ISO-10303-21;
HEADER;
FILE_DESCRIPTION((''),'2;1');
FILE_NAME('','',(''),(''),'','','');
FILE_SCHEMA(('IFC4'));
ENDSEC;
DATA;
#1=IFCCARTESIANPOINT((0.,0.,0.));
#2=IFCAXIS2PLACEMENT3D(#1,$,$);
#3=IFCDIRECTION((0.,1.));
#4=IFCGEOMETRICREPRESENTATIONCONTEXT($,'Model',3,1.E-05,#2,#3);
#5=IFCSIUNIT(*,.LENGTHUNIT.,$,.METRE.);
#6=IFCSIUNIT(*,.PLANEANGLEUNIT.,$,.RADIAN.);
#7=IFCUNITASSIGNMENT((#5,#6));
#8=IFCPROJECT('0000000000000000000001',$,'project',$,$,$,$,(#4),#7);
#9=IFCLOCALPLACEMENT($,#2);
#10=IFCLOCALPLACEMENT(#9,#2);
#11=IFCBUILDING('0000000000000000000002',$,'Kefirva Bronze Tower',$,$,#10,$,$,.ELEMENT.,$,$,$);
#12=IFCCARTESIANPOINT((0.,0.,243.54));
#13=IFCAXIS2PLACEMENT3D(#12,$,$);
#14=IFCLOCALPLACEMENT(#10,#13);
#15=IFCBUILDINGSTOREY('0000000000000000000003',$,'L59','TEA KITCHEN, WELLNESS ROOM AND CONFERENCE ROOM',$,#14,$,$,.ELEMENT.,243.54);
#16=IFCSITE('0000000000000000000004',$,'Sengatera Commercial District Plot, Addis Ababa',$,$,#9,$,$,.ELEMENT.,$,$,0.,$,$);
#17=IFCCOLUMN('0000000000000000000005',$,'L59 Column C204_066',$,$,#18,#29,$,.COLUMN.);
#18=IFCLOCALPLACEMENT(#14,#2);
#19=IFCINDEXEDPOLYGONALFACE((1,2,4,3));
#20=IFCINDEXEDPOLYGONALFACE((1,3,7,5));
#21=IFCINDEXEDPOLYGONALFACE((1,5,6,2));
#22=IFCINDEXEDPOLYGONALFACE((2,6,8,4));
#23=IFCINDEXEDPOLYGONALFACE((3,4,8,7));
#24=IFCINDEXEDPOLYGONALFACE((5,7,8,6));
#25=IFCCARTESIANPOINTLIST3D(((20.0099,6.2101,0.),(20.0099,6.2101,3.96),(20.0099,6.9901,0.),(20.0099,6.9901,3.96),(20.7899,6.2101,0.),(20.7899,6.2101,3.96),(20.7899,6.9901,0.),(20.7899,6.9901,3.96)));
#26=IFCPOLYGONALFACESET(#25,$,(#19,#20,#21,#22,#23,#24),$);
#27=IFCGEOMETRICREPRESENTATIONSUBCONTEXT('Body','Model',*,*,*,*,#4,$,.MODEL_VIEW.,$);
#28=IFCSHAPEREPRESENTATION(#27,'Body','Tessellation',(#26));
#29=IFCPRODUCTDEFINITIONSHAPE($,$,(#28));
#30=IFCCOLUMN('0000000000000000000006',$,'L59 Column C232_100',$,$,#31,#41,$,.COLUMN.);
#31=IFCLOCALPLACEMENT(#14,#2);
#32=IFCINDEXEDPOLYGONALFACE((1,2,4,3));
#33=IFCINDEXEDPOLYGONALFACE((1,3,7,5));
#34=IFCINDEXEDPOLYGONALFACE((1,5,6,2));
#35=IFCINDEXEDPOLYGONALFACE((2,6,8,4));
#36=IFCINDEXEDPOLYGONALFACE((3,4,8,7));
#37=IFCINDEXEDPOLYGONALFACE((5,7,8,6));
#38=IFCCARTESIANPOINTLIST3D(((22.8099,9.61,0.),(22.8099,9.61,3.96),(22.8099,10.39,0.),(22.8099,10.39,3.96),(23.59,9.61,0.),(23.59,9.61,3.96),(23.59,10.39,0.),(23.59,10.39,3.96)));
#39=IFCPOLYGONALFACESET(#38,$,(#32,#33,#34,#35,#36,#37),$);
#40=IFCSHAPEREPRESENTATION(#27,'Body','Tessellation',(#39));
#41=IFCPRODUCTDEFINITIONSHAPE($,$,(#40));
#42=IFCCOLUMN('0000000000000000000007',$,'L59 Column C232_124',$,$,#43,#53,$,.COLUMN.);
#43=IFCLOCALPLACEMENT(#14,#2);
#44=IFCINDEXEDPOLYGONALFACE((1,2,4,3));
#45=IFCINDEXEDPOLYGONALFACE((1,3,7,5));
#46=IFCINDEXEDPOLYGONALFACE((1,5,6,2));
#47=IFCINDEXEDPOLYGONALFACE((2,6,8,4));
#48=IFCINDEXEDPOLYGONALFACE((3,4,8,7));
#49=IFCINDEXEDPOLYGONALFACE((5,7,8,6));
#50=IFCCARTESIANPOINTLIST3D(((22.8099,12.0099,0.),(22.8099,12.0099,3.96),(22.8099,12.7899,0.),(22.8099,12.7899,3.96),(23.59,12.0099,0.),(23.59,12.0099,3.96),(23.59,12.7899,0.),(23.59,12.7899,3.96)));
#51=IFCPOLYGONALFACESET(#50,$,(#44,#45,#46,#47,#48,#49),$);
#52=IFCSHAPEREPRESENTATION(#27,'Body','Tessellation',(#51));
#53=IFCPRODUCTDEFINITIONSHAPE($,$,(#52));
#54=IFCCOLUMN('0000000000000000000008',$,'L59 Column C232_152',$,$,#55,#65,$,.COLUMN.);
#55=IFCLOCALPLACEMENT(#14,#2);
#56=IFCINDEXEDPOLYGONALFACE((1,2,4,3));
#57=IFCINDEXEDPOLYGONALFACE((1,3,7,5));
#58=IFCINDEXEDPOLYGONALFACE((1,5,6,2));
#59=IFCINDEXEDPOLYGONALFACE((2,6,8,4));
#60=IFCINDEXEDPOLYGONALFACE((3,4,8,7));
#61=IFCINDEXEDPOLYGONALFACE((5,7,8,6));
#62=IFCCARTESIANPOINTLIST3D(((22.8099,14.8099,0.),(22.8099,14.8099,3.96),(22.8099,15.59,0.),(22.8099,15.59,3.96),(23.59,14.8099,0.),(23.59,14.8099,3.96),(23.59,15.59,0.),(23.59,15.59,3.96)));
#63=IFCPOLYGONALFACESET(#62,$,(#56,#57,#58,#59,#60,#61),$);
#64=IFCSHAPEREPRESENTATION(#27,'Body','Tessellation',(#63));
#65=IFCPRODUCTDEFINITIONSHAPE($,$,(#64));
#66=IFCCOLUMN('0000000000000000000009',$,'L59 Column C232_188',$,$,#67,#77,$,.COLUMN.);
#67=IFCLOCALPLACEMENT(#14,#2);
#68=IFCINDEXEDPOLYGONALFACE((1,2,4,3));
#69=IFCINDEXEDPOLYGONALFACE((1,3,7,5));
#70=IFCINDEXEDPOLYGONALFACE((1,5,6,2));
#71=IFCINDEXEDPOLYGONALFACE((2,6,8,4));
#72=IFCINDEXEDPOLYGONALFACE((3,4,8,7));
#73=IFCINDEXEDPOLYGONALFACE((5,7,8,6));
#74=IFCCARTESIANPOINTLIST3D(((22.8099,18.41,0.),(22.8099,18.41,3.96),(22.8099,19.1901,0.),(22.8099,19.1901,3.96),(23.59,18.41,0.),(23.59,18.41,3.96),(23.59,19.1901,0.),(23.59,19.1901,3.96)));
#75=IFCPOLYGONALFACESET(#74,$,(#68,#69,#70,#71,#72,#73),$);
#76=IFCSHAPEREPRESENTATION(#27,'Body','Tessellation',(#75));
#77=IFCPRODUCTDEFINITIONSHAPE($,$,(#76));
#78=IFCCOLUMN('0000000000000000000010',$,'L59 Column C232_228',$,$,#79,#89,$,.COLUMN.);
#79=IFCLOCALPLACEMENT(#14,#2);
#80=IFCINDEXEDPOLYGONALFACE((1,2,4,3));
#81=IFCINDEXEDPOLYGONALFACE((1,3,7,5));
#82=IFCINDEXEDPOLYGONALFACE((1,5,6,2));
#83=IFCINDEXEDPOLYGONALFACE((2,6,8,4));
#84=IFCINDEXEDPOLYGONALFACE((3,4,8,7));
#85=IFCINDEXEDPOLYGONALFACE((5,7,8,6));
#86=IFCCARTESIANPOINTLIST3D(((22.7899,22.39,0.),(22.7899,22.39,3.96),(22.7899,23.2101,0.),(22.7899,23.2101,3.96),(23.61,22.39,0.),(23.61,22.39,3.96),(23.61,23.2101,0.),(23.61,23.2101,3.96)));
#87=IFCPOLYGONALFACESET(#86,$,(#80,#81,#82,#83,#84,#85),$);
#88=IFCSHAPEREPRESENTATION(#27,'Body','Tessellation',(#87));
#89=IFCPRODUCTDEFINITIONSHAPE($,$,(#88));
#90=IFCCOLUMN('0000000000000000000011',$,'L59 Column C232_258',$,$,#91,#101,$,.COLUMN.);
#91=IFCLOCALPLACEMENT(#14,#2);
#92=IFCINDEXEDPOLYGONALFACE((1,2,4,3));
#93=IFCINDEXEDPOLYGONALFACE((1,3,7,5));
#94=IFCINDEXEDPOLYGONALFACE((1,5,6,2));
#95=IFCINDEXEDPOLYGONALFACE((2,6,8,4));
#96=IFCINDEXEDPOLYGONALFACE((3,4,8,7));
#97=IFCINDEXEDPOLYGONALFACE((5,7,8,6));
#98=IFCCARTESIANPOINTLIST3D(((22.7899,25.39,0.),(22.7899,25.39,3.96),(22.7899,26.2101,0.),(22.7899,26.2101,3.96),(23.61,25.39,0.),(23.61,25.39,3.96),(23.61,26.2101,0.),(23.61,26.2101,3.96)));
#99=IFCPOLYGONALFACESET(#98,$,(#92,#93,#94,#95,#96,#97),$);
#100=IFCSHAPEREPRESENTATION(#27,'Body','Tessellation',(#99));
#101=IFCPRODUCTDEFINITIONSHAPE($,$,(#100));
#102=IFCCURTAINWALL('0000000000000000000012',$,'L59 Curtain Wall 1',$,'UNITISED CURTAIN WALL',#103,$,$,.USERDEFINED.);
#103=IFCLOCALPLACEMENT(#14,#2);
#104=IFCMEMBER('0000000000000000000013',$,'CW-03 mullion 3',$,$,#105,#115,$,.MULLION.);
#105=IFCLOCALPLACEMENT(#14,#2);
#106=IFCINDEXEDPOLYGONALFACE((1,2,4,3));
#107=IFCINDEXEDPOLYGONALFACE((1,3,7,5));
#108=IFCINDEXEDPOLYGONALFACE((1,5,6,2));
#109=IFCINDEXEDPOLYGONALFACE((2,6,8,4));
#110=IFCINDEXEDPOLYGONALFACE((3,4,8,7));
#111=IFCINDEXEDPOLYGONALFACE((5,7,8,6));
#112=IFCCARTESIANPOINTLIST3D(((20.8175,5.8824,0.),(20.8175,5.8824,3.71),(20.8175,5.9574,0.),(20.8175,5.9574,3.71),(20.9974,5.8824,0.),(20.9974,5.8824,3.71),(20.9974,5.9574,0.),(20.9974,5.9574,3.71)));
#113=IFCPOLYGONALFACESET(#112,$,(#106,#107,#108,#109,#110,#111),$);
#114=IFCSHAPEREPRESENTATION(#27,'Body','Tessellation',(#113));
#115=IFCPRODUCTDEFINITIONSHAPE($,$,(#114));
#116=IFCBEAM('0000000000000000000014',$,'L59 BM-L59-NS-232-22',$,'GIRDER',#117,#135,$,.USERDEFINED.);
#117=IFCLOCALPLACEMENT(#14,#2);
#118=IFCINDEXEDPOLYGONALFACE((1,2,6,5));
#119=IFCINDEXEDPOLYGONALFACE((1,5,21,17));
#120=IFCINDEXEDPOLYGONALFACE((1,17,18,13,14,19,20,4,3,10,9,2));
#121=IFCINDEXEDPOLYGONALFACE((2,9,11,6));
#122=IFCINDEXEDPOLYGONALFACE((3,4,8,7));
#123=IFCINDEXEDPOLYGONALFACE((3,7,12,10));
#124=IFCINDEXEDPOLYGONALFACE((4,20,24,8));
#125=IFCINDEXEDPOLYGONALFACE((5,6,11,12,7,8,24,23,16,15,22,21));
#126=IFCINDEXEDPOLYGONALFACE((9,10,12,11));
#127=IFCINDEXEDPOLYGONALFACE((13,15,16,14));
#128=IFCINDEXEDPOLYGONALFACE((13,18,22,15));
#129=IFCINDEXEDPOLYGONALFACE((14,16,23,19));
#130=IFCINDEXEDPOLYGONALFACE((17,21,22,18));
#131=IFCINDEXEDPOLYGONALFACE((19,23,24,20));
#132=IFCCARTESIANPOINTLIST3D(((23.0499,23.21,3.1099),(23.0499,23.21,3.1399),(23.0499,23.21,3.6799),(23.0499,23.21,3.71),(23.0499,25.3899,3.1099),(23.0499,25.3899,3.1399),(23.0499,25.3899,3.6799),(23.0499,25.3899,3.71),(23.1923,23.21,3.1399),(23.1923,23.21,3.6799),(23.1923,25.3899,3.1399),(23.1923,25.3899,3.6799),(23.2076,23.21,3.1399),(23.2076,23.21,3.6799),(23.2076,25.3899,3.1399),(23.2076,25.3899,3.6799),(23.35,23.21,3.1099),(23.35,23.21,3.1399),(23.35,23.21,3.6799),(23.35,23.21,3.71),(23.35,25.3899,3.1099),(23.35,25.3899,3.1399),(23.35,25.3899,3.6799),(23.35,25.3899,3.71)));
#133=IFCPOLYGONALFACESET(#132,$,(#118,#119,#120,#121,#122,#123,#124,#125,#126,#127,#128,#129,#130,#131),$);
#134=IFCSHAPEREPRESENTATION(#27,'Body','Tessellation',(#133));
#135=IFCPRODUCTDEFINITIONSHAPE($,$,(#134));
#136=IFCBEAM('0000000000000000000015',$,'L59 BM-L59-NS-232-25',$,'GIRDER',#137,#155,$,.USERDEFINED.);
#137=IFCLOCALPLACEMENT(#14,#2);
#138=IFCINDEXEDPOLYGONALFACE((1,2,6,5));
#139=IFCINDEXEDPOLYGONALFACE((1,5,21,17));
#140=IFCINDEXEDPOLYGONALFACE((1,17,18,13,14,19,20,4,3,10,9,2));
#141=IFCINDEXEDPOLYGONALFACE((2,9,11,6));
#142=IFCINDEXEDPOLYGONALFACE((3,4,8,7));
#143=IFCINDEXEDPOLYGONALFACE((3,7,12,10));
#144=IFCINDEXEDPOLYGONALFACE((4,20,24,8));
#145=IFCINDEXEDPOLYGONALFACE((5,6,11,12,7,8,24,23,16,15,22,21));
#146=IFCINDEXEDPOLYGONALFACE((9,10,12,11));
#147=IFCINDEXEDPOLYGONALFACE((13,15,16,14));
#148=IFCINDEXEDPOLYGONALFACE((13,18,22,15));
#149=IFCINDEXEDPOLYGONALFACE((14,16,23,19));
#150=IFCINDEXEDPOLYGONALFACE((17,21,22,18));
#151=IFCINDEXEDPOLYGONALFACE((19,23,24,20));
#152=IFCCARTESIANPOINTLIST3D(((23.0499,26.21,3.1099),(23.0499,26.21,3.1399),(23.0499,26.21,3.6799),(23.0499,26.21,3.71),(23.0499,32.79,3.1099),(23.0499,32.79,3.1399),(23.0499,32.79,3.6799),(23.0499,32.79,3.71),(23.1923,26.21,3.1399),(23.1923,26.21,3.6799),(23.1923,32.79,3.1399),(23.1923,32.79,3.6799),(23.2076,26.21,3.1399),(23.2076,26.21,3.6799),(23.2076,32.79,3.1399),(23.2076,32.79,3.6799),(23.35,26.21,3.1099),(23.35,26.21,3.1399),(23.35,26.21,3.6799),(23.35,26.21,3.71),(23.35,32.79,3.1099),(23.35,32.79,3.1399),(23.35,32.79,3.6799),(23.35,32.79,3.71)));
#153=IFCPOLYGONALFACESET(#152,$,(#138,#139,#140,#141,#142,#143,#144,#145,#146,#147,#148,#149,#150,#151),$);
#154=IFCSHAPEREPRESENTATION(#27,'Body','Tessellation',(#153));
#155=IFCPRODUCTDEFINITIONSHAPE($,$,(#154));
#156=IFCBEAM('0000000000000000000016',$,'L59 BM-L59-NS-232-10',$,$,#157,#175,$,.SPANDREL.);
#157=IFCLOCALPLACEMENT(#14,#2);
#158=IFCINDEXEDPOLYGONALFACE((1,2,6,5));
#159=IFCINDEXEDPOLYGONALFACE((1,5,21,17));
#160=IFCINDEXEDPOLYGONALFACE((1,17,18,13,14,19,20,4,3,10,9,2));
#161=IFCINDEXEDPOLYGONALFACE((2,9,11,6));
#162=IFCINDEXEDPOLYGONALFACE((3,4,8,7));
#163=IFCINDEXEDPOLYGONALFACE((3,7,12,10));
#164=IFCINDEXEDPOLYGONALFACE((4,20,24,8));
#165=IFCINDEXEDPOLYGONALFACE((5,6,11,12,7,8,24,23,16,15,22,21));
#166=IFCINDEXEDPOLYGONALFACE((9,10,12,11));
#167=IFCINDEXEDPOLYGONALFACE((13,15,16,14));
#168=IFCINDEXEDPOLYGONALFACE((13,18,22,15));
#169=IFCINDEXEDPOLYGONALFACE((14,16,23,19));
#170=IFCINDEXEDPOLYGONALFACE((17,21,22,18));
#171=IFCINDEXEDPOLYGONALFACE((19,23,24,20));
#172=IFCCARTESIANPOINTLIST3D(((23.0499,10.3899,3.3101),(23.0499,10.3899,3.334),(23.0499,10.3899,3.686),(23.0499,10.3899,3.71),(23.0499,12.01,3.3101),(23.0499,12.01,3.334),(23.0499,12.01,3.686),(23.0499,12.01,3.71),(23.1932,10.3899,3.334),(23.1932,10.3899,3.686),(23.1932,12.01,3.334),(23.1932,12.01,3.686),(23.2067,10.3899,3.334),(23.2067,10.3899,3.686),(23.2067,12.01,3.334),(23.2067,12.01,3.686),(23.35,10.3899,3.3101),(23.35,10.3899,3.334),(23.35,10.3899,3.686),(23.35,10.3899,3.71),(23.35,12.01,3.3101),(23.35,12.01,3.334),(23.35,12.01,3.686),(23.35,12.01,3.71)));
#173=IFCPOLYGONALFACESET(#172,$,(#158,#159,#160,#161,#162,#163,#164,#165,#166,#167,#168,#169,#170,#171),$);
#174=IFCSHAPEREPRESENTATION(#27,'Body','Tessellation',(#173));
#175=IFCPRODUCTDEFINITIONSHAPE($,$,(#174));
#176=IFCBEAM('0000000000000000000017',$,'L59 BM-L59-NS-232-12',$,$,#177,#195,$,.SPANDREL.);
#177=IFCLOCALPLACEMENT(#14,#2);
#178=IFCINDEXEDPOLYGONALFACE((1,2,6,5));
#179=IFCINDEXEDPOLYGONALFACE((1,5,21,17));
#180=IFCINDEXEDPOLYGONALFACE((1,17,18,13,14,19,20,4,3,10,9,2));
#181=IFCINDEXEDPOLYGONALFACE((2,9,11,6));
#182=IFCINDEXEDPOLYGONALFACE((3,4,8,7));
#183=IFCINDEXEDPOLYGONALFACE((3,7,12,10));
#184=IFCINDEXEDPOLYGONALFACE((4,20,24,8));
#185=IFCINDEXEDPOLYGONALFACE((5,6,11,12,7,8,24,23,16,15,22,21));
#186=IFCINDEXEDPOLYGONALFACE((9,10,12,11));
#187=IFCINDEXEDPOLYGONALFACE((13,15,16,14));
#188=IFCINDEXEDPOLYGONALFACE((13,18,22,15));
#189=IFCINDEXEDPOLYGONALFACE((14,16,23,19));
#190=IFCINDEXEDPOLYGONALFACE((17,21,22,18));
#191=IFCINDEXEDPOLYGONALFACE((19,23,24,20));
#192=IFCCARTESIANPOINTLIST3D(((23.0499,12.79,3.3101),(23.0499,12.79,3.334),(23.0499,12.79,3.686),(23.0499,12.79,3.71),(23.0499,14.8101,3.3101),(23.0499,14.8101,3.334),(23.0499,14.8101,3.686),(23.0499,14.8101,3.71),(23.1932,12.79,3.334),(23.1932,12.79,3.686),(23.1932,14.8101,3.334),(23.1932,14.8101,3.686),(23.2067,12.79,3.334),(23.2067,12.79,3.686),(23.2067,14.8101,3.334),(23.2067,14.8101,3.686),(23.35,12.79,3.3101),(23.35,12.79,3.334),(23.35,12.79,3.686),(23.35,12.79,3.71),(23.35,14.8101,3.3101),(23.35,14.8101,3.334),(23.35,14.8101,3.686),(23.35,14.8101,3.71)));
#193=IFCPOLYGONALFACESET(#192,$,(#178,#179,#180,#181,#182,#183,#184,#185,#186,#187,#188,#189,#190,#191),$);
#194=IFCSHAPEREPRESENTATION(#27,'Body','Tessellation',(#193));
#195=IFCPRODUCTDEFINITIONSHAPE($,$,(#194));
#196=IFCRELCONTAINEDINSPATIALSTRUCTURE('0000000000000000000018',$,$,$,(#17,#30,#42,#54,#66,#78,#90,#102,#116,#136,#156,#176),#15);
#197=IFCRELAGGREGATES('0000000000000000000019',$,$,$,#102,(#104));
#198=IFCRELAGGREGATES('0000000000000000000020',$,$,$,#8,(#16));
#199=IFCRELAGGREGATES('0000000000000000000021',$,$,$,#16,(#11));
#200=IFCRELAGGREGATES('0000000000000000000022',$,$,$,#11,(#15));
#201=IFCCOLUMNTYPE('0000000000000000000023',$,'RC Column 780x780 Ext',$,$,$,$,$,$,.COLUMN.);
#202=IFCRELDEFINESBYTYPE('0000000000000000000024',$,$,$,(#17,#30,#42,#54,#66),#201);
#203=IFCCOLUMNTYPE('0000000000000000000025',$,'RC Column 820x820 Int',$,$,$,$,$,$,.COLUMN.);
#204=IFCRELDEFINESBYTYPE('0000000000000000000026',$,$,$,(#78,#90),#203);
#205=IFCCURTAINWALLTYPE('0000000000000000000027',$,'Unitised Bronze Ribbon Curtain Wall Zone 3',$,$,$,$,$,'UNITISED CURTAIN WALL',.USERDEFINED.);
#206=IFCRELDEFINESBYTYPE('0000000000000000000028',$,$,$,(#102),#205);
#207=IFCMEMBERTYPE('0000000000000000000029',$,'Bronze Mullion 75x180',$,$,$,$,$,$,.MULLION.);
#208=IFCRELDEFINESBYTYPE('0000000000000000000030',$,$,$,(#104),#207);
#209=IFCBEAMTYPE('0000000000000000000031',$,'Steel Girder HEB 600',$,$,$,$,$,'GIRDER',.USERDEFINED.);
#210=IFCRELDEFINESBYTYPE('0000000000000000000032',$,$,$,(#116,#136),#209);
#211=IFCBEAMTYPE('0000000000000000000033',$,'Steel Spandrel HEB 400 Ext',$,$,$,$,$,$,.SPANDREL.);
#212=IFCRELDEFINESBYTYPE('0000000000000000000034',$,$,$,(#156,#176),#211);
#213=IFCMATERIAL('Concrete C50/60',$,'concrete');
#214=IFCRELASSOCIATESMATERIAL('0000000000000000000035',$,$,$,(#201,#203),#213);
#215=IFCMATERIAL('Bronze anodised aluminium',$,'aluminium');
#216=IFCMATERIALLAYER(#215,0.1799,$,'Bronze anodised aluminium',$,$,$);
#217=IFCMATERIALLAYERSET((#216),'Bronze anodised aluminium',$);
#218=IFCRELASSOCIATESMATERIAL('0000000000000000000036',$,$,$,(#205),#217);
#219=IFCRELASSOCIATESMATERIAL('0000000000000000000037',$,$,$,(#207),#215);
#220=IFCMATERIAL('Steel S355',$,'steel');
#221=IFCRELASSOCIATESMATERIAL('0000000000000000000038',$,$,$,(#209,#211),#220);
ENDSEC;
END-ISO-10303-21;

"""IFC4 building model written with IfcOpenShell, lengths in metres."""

from ifc_helpers import new_model, si_unit, direction, frame, origin, origin_2d, place, context, subcontext, project, spatial, rectangle, i_section, extrude, material, layer, layer_set, material_profile, profile_set, type_object, element, aggregate, save


model = new_model("IFC4")

# Units and contexts
model_context = context("Model", 3, precision=1e-05, world=origin(), true_north=direction((0.0, 1.0)))
body_context = subcontext(model_context, "Body", "Model", "MODEL_VIEW")
ifc_project = project(units=[si_unit("LENGTHUNIT", "METRE"), si_unit("PLANEANGLEUNIT", "RADIAN")], contexts=[model_context])

# Site, building, storey
site_placement = place(None, origin())
site = spatial("IfcSite", under=ifc_project, at=site_placement, Name="Sengatera Commercial District Plot, Addis Ababa", CompositionType="ELEMENT", RefElevation=0.0)
building_placement = place(site_placement, origin())
building = spatial("IfcBuilding", under=site, at=building_placement, Name="Kefirva Bronze Tower", CompositionType="ELEMENT")
storey_placement = place(building_placement, frame((0.0, 0.0, 243.54)))
storey = spatial("IfcBuildingStorey", under=building, at=storey_placement, Name="L59", Description="TEA KITCHEN, WELLNESS ROOM AND CONFERENCE ROOM", CompositionType="ELEMENT", Elevation=243.54)

# Columns
ifc_material_1 = material(Name="Concrete C50/60", Category="concrete")
ifc_material_profile_1 = material_profile(ifc_material_1, rectangle(XDim=0.78, YDim=0.78, at=origin_2d()), Name="RC 780x780")
ifc_profile_set_1 = profile_set([ifc_material_profile_1], Name="Concrete C50/60")
column_type_1 = type_object("IfcColumnType", Name="RC Column 780x780 Ext", PredefinedType="COLUMN", material=ifc_profile_set_1)
for number, where, z_axis, x_axis, name in (
    (1, (20.3999, 6.6001, 0.0), (0.0, 0.0, 1.0), (1.0, 0.0, 0.0), "L59 Column C204_066"),
    (2, (23.2, 10.0, 0.0), (0.0, 0.0, 1.0), (1.0, 0.0, 0.0), "L59 Column C232_100"),
    (3, (23.2, 12.3999, 0.0), (0.0, 0.0, 1.0), (1.0, 0.0, 0.0), "L59 Column C232_124"),
    (4, (23.2, 15.2, 0.0), (0.0, 0.0, 1.0), (1.0, 0.0, 0.0), "L59 Column C232_152"),
    (5, (23.2, 18.8, 0.0), (0.0, 0.0, 1.0), (1.0, 0.0, 0.0), "L59 Column C232_188"),
):
    element("IfcColumn", number, at=place(storey_placement, frame(where, z_axis=z_axis, x_axis=x_axis)), inside=storey, type_object=column_type_1, Name=name, PredefinedType="COLUMN", context=body_context, shape_type="SweptSolid", body=[
        extrude(rectangle(XDim=0.78, YDim=0.78, at=origin_2d()), origin(), (0.0, 0.0, 1.0), 3.96),
    ])
ifc_material_profile_2 = material_profile(ifc_material_1, rectangle(XDim=0.8201, YDim=0.8201, at=origin_2d()), Name="RC 820x820")
ifc_profile_set_2 = profile_set([ifc_material_profile_2], Name="Concrete C50/60")
column_type_2 = type_object("IfcColumnType", Name="RC Column 820x820 Int", PredefinedType="COLUMN", material=ifc_profile_set_2)
for number, where, z_axis, x_axis, name in (
    (6, (23.2, 22.8, 0.0), (0.0, 0.0, 1.0), (1.0, 0.0, 0.0), "L59 Column C232_228"),
    (7, (23.2, 25.8, 0.0), (0.0, 0.0, 1.0), (1.0, 0.0, 0.0), "L59 Column C232_258"),
):
    element("IfcColumn", number, at=place(storey_placement, frame(where, z_axis=z_axis, x_axis=x_axis)), inside=storey, type_object=column_type_2, Name=name, PredefinedType="COLUMN", context=body_context, shape_type="SweptSolid", body=[
        extrude(rectangle(XDim=0.8201, YDim=0.8201, at=origin_2d()), origin(), (0.0, 0.0, 1.0), 3.96),
    ])

# Curtain wall, member
ifc_material_2 = material(Name="Bronze anodised aluminium", Category="aluminium")
ifc_layer_1 = layer(ifc_material_2, 0.1799, Name="Bronze anodised aluminium")
ifc_layer_set_1 = layer_set([ifc_layer_1], Name="Bronze anodised aluminium")
curtain_wall_type = type_object("IfcCurtainWallType", Name="Unitised Bronze Ribbon Curtain Wall Zone 3", ElementType="UNITISED CURTAIN WALL", PredefinedType="USERDEFINED", material=ifc_layer_set_1)
curtain_wall_placement = place(storey_placement, origin())
curtain_wall = element("IfcCurtainWall", 8, at=curtain_wall_placement, inside=storey, type_object=curtain_wall_type, Name="L59 Curtain Wall 1", ObjectType="UNITISED CURTAIN WALL", PredefinedType="USERDEFINED")
ifc_material_profile_3 = material_profile(ifc_material_2, rectangle(XDim=0.075, YDim=0.1799, at=origin_2d()), Name="ALU 75x180")
ifc_profile_set_3 = profile_set([ifc_material_profile_3], Name="Bronze anodised aluminium")
member_type = type_object("IfcMemberType", Name="Bronze Mullion 75x180", PredefinedType="MULLION", material=ifc_profile_set_3)
member_placement = place(storey_placement, frame((20.9075, 5.9199, 0.0), z_axis=(0.0, 0.0, 1.0), x_axis=(0.0, 1.0, 0.0)))
member = element("IfcMember", 9, at=member_placement, type_object=member_type, Name="CW-03 mullion 3", PredefinedType="MULLION", context=body_context, shape_type="SweptSolid", body=[
    extrude(rectangle(XDim=0.075, YDim=0.1799, at=origin_2d()), origin(), (0.0, 0.0, 1.0), 3.71),
])

# Beams
ifc_material_3 = material(Name="Steel S355", Category="steel")
ifc_material_profile_4 = material_profile(ifc_material_3, i_section(OverallWidth=0.3, OverallDepth=0.6001, WebThickness=0.0154, FlangeThickness=0.03, at=origin_2d()), Name="HEB 600")
ifc_profile_set_4 = profile_set([ifc_material_profile_4], Name="Steel S355")
beam_type_1 = type_object("IfcBeamType", Name="Steel Girder HEB 600", ElementType="GIRDER", PredefinedType="USERDEFINED", material=ifc_profile_set_4)
beam_1_placement = place(storey_placement, frame((23.2, 23.21, 3.4099), z_axis=(0.0, 1.0, 0.0), x_axis=(-1.0, 0.0, 0.0)))
element("IfcBeam", 10, at=beam_1_placement, inside=storey, type_object=beam_type_1, Name="L59 BM-L59-NS-232-22", ObjectType="GIRDER", PredefinedType="USERDEFINED", context=body_context, shape_type="SweptSolid", body=[
    extrude(i_section(OverallWidth=0.3, OverallDepth=0.6001, WebThickness=0.0154, FlangeThickness=0.03, at=origin_2d()), origin(), (0.0, 0.0, 1.0), 2.1799),
])
beam_2_placement = place(storey_placement, frame((23.2, 26.21, 3.4099), z_axis=(0.0, 1.0, 0.0), x_axis=(-1.0, 0.0, 0.0)))
element("IfcBeam", 11, at=beam_2_placement, inside=storey, type_object=beam_type_1, Name="L59 BM-L59-NS-232-25", ObjectType="GIRDER", PredefinedType="USERDEFINED", context=body_context, shape_type="SweptSolid", body=[
    extrude(i_section(OverallWidth=0.3, OverallDepth=0.6001, WebThickness=0.0154, FlangeThickness=0.03, at=origin_2d()), origin(), (0.0, 0.0, 1.0), 6.5801),
])
ifc_material_profile_5 = material_profile(ifc_material_3, i_section(OverallWidth=0.3, OverallDepth=0.3999, WebThickness=0.0134, FlangeThickness=0.0239, at=origin_2d()), Name="HEB 400")
ifc_profile_set_5 = profile_set([ifc_material_profile_5], Name="Steel S355")
beam_type_2 = type_object("IfcBeamType", Name="Steel Spandrel HEB 400 Ext", PredefinedType="SPANDREL", material=ifc_profile_set_5)
beam_3_placement = place(storey_placement, frame((23.2, 10.3899, 3.51), z_axis=(0.0, 1.0, 0.0), x_axis=(-1.0, 0.0, 0.0)))
element("IfcBeam", 12, at=beam_3_placement, inside=storey, type_object=beam_type_2, Name="L59 BM-L59-NS-232-10", PredefinedType="SPANDREL", context=body_context, shape_type="SweptSolid", body=[
    extrude(i_section(OverallWidth=0.3, OverallDepth=0.3999, WebThickness=0.0134, FlangeThickness=0.0239, at=origin_2d()), origin(), (0.0, 0.0, 1.0), 1.6201),
])
beam_4_placement = place(storey_placement, frame((23.2, 12.79, 3.51), z_axis=(0.0, 1.0, 0.0), x_axis=(-1.0, 0.0, 0.0)))
element("IfcBeam", 13, at=beam_4_placement, inside=storey, type_object=beam_type_2, Name="L59 BM-L59-NS-232-12", PredefinedType="SPANDREL", context=body_context, shape_type="SweptSolid", body=[
    extrude(i_section(OverallWidth=0.3, OverallDepth=0.3999, WebThickness=0.0134, FlangeThickness=0.0239, at=origin_2d()), origin(), (0.0, 0.0, 1.0), 2.02),
])

aggregate(curtain_wall, [member])

save(model, "model.ifc")
